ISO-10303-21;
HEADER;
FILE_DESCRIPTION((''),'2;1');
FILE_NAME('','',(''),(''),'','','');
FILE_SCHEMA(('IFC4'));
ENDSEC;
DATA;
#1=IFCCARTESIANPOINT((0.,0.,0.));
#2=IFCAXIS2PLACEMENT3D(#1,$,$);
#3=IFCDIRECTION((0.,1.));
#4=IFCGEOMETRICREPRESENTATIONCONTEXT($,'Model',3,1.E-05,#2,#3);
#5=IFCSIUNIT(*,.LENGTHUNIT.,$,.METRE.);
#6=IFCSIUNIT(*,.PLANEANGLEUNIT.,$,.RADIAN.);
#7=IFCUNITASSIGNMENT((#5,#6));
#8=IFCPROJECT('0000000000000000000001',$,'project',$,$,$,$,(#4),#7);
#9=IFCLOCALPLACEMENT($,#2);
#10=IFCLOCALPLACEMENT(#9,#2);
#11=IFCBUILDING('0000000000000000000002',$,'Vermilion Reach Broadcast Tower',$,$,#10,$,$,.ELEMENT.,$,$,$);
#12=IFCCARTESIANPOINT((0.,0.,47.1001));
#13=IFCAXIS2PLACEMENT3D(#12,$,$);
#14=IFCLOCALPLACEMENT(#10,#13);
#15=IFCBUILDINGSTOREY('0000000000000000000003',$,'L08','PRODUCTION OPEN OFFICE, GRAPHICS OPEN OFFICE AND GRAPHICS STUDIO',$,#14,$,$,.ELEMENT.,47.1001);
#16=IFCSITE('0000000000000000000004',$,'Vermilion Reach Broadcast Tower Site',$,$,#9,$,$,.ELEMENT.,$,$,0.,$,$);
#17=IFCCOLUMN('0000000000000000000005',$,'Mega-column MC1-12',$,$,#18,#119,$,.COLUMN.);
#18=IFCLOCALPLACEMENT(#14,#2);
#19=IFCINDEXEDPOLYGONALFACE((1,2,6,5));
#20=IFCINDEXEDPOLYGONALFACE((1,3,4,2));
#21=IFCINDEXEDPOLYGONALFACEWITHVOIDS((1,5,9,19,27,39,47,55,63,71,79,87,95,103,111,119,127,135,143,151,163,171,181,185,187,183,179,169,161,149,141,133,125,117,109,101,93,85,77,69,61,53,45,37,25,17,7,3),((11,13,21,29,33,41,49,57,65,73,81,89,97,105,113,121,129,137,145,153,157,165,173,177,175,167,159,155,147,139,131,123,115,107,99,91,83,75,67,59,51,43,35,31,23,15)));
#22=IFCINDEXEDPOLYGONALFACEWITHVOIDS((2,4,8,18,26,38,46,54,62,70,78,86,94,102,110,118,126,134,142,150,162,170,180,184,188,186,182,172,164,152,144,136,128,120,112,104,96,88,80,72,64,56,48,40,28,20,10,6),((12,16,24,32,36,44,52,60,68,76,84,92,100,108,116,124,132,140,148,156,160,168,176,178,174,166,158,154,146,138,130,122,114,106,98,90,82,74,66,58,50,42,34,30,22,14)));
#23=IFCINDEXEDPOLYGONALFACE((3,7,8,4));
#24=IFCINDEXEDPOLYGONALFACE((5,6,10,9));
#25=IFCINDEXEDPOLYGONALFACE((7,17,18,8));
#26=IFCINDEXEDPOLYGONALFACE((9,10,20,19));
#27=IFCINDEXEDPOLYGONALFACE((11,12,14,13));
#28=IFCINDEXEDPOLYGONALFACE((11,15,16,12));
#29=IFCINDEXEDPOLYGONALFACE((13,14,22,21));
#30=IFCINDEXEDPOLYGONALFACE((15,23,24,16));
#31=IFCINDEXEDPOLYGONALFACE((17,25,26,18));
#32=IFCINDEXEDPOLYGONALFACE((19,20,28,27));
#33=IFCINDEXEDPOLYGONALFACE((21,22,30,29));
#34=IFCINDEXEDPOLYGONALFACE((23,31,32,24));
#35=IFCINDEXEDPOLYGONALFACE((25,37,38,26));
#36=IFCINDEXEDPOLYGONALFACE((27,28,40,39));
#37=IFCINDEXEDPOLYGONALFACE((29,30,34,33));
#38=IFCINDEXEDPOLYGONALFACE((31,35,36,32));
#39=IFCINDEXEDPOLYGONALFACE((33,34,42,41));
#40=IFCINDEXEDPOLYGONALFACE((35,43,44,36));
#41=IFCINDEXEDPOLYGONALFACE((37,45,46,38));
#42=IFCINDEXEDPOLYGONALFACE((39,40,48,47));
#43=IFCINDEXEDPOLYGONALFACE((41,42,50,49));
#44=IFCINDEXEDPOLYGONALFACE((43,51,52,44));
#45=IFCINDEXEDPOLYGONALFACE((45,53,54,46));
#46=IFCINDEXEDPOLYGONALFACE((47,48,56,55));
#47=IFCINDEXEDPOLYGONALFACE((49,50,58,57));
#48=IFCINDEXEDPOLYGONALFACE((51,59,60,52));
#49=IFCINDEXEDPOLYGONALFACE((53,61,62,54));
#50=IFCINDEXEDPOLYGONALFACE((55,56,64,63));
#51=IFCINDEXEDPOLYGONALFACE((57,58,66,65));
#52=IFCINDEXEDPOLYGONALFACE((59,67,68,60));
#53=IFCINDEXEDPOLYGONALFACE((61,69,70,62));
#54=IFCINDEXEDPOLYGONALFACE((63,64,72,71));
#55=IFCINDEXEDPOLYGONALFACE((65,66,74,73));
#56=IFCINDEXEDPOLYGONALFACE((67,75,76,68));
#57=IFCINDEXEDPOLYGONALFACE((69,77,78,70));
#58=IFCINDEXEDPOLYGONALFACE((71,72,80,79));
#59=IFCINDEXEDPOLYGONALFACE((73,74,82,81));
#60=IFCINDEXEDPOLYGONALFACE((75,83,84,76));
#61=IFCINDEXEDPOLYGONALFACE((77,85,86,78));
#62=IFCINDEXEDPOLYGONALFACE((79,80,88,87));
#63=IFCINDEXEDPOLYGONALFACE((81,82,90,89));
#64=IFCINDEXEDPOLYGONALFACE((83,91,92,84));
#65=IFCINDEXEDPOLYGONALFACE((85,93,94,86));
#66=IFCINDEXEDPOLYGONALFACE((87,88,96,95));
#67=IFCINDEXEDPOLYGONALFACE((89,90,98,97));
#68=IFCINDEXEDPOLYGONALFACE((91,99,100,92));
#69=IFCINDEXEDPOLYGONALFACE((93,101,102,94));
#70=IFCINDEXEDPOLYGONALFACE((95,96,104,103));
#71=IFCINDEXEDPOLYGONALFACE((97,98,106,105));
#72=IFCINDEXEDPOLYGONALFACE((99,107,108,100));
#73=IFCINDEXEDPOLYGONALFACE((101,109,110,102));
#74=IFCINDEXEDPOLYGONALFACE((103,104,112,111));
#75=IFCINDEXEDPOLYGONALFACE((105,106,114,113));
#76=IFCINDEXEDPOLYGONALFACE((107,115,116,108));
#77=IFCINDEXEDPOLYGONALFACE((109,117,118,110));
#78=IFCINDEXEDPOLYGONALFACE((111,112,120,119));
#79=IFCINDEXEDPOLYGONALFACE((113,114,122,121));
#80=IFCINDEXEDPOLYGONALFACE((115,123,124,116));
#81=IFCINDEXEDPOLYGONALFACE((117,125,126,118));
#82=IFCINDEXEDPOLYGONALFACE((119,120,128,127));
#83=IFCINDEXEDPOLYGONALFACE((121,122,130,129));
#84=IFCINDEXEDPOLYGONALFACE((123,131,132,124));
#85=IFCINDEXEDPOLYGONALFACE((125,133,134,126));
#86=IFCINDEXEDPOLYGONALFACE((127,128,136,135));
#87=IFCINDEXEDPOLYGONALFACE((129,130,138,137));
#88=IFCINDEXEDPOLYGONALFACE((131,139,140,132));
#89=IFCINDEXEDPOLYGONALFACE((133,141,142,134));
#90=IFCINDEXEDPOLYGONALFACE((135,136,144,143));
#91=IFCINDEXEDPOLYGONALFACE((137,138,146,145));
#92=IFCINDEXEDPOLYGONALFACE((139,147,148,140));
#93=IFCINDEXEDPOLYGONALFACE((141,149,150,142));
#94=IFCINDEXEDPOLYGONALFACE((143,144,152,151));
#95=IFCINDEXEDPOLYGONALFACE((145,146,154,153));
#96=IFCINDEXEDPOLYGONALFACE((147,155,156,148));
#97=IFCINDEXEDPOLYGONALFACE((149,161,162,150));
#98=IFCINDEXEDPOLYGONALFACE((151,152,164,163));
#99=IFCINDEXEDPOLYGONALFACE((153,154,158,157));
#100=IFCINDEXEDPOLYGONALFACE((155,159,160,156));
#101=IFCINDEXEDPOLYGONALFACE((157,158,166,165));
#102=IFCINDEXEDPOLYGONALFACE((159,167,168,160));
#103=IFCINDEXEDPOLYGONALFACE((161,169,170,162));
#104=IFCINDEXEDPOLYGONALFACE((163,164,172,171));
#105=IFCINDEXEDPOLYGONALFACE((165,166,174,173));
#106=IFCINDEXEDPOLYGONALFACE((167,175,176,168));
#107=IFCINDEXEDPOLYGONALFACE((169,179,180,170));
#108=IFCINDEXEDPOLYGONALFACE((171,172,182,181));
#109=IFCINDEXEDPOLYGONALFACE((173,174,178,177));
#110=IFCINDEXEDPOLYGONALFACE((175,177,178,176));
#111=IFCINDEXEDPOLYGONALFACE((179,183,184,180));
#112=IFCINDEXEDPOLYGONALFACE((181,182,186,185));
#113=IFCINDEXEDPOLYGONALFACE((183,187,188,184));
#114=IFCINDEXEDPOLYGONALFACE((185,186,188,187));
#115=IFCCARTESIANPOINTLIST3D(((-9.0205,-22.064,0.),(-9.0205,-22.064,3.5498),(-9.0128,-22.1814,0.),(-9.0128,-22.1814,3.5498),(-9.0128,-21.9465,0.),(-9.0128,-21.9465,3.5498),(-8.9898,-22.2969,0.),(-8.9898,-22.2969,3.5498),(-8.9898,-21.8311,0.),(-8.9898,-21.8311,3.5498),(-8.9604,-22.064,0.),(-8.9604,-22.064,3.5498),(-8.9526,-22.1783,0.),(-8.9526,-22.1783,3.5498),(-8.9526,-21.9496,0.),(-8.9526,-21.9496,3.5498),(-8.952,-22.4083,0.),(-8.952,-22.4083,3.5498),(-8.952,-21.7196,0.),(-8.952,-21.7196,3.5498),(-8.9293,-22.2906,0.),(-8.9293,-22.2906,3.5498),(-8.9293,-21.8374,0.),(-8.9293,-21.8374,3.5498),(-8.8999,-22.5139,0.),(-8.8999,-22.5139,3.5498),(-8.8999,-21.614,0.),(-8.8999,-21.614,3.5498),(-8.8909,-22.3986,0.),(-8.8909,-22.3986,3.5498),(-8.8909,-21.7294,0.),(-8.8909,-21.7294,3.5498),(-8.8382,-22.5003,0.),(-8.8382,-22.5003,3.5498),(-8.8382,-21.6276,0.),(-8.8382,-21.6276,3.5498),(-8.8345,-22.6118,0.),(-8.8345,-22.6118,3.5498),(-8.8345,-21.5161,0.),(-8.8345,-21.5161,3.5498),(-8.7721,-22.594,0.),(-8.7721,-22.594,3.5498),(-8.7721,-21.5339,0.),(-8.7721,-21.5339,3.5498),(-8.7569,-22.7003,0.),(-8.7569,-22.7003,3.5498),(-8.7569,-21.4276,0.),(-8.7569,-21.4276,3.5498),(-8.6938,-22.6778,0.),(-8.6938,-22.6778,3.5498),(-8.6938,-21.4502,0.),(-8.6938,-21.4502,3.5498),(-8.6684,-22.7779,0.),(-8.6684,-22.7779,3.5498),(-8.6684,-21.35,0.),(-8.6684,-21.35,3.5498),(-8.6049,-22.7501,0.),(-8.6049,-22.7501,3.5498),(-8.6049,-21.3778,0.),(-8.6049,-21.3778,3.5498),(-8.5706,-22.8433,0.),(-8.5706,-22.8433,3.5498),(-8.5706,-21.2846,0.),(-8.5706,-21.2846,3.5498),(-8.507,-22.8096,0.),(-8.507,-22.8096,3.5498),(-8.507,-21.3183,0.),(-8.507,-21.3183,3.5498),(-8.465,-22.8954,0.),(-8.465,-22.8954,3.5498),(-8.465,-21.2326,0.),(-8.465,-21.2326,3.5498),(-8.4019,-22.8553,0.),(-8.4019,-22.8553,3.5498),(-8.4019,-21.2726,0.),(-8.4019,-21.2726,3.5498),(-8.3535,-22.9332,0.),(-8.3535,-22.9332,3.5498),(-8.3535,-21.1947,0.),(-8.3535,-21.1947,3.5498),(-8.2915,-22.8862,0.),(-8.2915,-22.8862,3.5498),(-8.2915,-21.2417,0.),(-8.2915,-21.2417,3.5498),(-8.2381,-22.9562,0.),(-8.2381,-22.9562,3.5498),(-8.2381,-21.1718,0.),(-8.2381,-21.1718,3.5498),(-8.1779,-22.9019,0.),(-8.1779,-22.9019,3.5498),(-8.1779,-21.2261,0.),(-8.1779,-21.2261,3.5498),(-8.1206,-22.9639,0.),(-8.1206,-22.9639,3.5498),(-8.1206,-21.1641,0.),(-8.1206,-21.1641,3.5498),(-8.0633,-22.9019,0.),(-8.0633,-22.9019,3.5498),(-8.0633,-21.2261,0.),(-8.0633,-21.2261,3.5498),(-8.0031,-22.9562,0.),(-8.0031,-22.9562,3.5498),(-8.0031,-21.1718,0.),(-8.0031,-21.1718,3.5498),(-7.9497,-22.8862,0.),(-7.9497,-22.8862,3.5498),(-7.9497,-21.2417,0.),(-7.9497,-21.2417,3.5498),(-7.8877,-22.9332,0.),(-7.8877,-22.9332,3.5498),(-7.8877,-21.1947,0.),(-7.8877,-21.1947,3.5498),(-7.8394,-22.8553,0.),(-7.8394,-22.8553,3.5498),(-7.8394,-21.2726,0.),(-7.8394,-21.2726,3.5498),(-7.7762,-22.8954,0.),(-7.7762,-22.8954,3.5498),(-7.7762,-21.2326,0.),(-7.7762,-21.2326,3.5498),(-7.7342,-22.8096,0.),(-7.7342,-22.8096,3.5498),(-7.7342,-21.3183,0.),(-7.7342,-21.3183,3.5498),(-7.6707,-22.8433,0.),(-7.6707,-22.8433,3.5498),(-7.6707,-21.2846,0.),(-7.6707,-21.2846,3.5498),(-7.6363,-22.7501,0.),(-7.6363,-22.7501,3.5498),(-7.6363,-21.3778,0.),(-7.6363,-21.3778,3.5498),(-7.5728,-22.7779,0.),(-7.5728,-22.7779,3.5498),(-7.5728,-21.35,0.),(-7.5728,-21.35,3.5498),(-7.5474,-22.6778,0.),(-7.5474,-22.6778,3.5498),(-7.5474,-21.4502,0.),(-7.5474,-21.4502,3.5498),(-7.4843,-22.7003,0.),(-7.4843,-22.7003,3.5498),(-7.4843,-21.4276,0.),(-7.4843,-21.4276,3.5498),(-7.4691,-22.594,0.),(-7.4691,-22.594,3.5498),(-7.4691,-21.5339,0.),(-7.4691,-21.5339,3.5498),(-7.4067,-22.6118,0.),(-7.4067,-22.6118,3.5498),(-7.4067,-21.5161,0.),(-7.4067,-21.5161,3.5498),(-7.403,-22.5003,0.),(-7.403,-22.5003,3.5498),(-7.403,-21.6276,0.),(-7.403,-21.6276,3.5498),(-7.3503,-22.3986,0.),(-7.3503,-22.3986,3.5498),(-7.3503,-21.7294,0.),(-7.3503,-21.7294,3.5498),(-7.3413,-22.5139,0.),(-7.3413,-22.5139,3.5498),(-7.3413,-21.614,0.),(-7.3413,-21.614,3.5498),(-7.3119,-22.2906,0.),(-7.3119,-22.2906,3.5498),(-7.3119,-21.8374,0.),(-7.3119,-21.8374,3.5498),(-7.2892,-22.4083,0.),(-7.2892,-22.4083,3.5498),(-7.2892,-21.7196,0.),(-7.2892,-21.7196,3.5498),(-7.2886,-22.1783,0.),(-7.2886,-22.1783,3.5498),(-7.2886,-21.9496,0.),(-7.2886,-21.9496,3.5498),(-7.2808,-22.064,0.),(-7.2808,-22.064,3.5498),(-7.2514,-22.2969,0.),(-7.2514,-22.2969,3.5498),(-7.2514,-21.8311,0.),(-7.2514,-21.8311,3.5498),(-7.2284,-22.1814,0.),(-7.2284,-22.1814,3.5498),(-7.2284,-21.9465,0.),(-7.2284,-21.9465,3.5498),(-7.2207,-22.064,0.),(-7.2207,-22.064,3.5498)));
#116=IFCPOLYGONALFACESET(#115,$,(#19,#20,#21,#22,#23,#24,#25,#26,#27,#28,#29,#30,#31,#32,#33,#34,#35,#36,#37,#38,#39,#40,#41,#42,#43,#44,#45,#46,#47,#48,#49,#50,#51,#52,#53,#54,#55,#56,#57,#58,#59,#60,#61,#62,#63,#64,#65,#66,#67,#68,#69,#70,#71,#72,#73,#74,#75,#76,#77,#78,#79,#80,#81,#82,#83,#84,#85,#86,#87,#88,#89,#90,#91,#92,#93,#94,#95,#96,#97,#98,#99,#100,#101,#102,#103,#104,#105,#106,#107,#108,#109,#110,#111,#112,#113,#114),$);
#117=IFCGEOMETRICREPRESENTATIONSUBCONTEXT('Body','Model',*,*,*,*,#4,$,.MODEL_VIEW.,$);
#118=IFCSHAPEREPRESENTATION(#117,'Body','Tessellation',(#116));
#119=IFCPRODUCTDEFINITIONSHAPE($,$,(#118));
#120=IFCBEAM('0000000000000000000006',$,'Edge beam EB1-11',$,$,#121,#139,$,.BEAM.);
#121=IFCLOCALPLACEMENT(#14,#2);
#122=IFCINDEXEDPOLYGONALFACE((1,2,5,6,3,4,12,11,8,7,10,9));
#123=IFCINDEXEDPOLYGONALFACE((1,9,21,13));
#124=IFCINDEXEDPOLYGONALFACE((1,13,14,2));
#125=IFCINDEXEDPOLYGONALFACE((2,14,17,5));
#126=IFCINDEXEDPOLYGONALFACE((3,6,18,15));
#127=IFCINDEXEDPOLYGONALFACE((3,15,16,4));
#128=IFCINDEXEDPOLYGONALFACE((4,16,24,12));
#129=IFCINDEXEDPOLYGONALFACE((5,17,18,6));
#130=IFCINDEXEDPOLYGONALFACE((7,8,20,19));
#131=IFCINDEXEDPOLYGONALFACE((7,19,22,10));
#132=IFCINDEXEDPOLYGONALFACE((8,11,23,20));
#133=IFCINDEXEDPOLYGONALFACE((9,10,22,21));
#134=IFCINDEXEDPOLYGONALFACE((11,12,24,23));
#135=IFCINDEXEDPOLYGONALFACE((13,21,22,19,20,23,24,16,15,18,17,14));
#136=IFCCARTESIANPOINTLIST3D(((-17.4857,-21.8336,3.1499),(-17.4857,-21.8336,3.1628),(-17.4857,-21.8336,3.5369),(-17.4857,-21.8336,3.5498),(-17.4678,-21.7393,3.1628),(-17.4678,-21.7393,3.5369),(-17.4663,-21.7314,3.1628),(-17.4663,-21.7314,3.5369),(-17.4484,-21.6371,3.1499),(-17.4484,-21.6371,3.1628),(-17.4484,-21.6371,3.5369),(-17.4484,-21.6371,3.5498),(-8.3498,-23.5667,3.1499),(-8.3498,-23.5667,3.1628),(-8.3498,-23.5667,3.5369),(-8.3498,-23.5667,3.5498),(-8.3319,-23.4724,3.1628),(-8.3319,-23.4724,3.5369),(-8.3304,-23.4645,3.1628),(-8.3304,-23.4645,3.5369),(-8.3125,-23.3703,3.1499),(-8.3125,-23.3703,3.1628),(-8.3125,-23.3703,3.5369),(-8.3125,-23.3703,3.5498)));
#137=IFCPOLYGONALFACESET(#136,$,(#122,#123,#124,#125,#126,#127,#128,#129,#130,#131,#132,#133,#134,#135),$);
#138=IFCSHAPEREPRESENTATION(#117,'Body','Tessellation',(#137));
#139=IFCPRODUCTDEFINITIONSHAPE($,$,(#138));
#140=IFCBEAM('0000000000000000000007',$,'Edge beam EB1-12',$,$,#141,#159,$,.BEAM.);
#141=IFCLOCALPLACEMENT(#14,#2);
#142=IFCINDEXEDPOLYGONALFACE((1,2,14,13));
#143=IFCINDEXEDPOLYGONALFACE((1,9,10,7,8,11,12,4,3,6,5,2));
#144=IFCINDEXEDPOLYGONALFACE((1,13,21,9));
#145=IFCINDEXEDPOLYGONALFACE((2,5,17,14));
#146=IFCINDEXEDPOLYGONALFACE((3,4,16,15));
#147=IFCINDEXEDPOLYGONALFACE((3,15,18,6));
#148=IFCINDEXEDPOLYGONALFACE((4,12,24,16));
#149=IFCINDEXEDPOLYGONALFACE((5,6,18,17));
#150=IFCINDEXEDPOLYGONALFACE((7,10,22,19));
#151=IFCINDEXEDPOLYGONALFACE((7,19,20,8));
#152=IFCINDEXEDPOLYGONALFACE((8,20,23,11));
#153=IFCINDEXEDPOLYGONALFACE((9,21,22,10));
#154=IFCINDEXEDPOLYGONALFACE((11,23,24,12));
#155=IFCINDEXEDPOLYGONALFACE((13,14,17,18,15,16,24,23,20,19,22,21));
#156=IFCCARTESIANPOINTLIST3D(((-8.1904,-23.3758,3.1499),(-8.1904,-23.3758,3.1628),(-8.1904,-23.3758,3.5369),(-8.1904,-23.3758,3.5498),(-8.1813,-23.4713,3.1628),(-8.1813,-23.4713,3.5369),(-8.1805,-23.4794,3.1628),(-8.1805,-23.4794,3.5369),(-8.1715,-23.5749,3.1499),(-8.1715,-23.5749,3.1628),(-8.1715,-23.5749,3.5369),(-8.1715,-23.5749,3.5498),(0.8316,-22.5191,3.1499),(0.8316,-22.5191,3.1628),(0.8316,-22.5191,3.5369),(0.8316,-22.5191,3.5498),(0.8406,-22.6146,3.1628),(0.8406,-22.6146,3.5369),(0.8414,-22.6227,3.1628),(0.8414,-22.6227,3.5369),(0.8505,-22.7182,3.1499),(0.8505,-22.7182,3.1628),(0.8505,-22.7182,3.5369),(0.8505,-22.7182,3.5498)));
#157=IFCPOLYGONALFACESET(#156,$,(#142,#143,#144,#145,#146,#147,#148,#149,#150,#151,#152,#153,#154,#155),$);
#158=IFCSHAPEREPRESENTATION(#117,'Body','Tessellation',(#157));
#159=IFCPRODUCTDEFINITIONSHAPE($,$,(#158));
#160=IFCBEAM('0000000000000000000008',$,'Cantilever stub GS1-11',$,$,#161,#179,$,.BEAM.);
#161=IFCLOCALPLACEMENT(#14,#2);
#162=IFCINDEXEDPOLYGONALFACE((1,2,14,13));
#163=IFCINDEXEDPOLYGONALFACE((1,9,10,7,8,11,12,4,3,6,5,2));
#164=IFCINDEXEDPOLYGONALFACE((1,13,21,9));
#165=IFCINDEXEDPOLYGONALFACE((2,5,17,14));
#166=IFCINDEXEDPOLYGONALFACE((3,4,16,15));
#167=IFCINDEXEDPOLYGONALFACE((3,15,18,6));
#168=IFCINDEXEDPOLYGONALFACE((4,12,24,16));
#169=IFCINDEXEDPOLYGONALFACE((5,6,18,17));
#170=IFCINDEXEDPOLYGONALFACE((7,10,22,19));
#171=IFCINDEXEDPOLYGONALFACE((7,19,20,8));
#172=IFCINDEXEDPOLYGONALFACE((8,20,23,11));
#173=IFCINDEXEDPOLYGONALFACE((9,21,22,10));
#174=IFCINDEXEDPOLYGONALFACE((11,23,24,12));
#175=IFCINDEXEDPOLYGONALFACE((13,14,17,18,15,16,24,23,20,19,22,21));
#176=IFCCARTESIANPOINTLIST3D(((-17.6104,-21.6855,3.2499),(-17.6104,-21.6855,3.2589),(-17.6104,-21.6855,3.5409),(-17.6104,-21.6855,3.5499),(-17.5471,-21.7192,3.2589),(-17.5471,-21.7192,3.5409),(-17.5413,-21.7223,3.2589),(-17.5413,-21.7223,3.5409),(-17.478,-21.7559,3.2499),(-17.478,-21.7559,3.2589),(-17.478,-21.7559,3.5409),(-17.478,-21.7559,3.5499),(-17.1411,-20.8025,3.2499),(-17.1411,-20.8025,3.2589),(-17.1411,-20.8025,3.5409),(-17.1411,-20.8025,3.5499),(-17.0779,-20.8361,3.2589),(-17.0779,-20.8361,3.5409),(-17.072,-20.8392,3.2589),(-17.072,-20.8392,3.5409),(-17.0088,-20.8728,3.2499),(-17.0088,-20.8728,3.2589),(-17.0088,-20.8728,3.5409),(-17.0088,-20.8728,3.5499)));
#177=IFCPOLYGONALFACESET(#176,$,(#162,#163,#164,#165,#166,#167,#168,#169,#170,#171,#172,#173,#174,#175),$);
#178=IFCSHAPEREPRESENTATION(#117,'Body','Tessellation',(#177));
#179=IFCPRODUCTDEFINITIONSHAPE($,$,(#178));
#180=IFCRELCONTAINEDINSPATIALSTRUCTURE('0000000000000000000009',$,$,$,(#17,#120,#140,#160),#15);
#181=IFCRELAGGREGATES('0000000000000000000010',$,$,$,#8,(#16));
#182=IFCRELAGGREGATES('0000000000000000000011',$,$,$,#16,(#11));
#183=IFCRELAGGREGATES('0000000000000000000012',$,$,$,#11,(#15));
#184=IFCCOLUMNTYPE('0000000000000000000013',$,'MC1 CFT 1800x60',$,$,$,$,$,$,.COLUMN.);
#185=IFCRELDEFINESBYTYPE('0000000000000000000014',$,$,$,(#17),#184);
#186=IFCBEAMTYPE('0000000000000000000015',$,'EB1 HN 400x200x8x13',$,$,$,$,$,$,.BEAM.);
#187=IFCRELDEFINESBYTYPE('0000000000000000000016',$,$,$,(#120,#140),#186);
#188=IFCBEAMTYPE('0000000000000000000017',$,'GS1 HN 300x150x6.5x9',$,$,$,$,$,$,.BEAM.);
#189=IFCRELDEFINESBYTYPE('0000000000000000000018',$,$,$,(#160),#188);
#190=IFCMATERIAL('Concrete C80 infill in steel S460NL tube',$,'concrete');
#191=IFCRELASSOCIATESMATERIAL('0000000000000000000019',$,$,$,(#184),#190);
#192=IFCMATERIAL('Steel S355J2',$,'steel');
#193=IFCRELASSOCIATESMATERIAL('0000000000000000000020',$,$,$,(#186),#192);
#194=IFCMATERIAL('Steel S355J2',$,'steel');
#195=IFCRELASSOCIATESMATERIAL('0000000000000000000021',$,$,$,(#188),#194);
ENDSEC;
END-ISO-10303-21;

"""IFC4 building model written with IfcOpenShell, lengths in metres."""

from ifc_helpers import new_model, si_unit, direction, frame, origin, origin_2d, place, context, subcontext, project, spatial, hollow_circle, i_section, extrude, material, material_profile, profile_set, type_object, element, save


model = new_model("IFC4")

# Units and contexts
model_context = context("Model", 3, precision=1e-05, world=origin(), true_north=direction((0.0, 1.0)))
body_context = subcontext(model_context, "Body", "Model", "MODEL_VIEW")
ifc_project = project(units=[si_unit("LENGTHUNIT", "METRE"), si_unit("PLANEANGLEUNIT", "RADIAN")], contexts=[model_context])

# Site, building, storey
site_placement = place(None, origin())
site = spatial("IfcSite", under=ifc_project, at=site_placement, Name="Vermilion Reach Broadcast Tower Site", CompositionType="ELEMENT", RefElevation=0.0)
building_placement = place(site_placement, origin())
building = spatial("IfcBuilding", under=site, at=building_placement, Name="Vermilion Reach Broadcast Tower", CompositionType="ELEMENT")
storey_placement = place(building_placement, frame((0.0, 0.0, 47.1001)))
storey = spatial("IfcBuildingStorey", under=building, at=storey_placement, Name="L08", Description="PRODUCTION OPEN OFFICE, GRAPHICS OPEN OFFICE AND GRAPHICS STUDIO", CompositionType="ELEMENT", Elevation=47.1001)

# Column
ifc_material_1 = material(Name="Concrete C80 infill in steel S460NL tube", Category="concrete")
ifc_material_profile_1 = material_profile(ifc_material_1, hollow_circle(Radius=0.8999, WallThickness=0.0601, at=origin_2d()), Name="Concrete C80 infill in steel S460NL tube CFT 1800x60")
ifc_profile_set_1 = profile_set([ifc_material_profile_1], Name="Concrete C80 infill in steel S460NL tube")
column_type = type_object("IfcColumnType", Name="MC1 CFT 1800x60", PredefinedType="COLUMN", material=ifc_profile_set_1)
for number, where, z_axis, x_axis, name in (
    (1, (-8.1206, -22.064, 0.0), (0.0, 0.0, 1.0), (1.0, 0.0, 0.0), "Mega-column MC1-12"),
):
    element("IfcColumn", number, at=place(storey_placement, frame(where, z_axis=z_axis, x_axis=x_axis)), inside=storey, type_object=column_type, Name=name, PredefinedType="COLUMN", context=body_context, shape_type="SweptSolid", body=[
        extrude(hollow_circle(Radius=0.8999, WallThickness=0.0601, at=origin_2d()), origin(), (0.0, 0.0, 1.0), 3.5498),
    ])

# Beams
ifc_material_2 = material(Name="Steel S355J2", Category="steel")
ifc_material_profile_2 = material_profile(ifc_material_2, i_section(OverallWidth=0.2, OverallDepth=0.3999, WebThickness=0.0081, FlangeThickness=0.0129, at=origin_2d()), Name="S355J2 HN 400x200x8x13")
ifc_profile_set_2 = profile_set([ifc_material_profile_2], Name="Steel S355J2")
beam_type_1 = type_object("IfcBeamType", Name="EB1 HN 400x200x8x13", PredefinedType="BEAM", material=ifc_profile_set_2)
beam_1_placement = place(storey_placement, frame((-17.467, -21.7354, 3.3499), z_axis=(0.982477, -0.186382, 0.0), x_axis=(0.186382, 0.982477, 0.0)))
element("IfcBeam", 2, at=beam_1_placement, inside=storey, type_object=beam_type_1, Name="Edge beam EB1-11", PredefinedType="BEAM", context=body_context, shape_type="SweptSolid", body=[
    extrude(i_section(OverallWidth=0.2, OverallDepth=0.3999, WebThickness=0.0081, FlangeThickness=0.0129, at=origin_2d()), origin(), (0.0, 0.0, 1.0), 9.2988),
])
beam_2_placement = place(storey_placement, frame((-8.1809, -23.4753, 3.3499), z_axis=(0.995522, 0.094531, 0.0), x_axis=(-0.094531, 0.995522, 0.0)))
element("IfcBeam", 3, at=beam_2_placement, inside=storey, type_object=beam_type_1, Name="Edge beam EB1-12", PredefinedType="BEAM", context=body_context, shape_type="SweptSolid", body=[
    extrude(i_section(OverallWidth=0.2, OverallDepth=0.3999, WebThickness=0.0081, FlangeThickness=0.0129, at=origin_2d()), origin(), (0.0, 0.0, 1.0), 9.0625),
])
ifc_material_3 = material(Name="Steel S355J2", Category="steel")
ifc_material_profile_3 = material_profile(ifc_material_3, i_section(OverallWidth=0.1499, OverallDepth=0.3, WebThickness=0.0066, FlangeThickness=0.009, at=origin_2d()), Name="S355J2 HN 300x150x6.5x9")
ifc_profile_set_3 = profile_set([ifc_material_profile_3], Name="Steel S355J2")
beam_type_2 = type_object("IfcBeamType", Name="GS1 HN 300x150x6.5x9", PredefinedType="BEAM", material=ifc_profile_set_3)
for number, where, z_axis, x_axis, name in (
    (4, (-17.075, -20.8376, 3.3999), (-0.469244, -0.883068, 0.0), (0.883068, -0.469244, 0.0), "Cantilever stub GS1-11"),
):
    element("IfcBeam", number, at=place(storey_placement, frame(where, z_axis=z_axis, x_axis=x_axis)), inside=storey, type_object=beam_type_2, Name=name, PredefinedType="BEAM", context=body_context, shape_type="SweptSolid", body=[
        extrude(i_section(OverallWidth=0.1499, OverallDepth=0.3, WebThickness=0.0066, FlangeThickness=0.009, at=origin_2d()), origin(), (0.0, 0.0, 1.0), 1.0),
    ])

save(model, "model.ifc")
